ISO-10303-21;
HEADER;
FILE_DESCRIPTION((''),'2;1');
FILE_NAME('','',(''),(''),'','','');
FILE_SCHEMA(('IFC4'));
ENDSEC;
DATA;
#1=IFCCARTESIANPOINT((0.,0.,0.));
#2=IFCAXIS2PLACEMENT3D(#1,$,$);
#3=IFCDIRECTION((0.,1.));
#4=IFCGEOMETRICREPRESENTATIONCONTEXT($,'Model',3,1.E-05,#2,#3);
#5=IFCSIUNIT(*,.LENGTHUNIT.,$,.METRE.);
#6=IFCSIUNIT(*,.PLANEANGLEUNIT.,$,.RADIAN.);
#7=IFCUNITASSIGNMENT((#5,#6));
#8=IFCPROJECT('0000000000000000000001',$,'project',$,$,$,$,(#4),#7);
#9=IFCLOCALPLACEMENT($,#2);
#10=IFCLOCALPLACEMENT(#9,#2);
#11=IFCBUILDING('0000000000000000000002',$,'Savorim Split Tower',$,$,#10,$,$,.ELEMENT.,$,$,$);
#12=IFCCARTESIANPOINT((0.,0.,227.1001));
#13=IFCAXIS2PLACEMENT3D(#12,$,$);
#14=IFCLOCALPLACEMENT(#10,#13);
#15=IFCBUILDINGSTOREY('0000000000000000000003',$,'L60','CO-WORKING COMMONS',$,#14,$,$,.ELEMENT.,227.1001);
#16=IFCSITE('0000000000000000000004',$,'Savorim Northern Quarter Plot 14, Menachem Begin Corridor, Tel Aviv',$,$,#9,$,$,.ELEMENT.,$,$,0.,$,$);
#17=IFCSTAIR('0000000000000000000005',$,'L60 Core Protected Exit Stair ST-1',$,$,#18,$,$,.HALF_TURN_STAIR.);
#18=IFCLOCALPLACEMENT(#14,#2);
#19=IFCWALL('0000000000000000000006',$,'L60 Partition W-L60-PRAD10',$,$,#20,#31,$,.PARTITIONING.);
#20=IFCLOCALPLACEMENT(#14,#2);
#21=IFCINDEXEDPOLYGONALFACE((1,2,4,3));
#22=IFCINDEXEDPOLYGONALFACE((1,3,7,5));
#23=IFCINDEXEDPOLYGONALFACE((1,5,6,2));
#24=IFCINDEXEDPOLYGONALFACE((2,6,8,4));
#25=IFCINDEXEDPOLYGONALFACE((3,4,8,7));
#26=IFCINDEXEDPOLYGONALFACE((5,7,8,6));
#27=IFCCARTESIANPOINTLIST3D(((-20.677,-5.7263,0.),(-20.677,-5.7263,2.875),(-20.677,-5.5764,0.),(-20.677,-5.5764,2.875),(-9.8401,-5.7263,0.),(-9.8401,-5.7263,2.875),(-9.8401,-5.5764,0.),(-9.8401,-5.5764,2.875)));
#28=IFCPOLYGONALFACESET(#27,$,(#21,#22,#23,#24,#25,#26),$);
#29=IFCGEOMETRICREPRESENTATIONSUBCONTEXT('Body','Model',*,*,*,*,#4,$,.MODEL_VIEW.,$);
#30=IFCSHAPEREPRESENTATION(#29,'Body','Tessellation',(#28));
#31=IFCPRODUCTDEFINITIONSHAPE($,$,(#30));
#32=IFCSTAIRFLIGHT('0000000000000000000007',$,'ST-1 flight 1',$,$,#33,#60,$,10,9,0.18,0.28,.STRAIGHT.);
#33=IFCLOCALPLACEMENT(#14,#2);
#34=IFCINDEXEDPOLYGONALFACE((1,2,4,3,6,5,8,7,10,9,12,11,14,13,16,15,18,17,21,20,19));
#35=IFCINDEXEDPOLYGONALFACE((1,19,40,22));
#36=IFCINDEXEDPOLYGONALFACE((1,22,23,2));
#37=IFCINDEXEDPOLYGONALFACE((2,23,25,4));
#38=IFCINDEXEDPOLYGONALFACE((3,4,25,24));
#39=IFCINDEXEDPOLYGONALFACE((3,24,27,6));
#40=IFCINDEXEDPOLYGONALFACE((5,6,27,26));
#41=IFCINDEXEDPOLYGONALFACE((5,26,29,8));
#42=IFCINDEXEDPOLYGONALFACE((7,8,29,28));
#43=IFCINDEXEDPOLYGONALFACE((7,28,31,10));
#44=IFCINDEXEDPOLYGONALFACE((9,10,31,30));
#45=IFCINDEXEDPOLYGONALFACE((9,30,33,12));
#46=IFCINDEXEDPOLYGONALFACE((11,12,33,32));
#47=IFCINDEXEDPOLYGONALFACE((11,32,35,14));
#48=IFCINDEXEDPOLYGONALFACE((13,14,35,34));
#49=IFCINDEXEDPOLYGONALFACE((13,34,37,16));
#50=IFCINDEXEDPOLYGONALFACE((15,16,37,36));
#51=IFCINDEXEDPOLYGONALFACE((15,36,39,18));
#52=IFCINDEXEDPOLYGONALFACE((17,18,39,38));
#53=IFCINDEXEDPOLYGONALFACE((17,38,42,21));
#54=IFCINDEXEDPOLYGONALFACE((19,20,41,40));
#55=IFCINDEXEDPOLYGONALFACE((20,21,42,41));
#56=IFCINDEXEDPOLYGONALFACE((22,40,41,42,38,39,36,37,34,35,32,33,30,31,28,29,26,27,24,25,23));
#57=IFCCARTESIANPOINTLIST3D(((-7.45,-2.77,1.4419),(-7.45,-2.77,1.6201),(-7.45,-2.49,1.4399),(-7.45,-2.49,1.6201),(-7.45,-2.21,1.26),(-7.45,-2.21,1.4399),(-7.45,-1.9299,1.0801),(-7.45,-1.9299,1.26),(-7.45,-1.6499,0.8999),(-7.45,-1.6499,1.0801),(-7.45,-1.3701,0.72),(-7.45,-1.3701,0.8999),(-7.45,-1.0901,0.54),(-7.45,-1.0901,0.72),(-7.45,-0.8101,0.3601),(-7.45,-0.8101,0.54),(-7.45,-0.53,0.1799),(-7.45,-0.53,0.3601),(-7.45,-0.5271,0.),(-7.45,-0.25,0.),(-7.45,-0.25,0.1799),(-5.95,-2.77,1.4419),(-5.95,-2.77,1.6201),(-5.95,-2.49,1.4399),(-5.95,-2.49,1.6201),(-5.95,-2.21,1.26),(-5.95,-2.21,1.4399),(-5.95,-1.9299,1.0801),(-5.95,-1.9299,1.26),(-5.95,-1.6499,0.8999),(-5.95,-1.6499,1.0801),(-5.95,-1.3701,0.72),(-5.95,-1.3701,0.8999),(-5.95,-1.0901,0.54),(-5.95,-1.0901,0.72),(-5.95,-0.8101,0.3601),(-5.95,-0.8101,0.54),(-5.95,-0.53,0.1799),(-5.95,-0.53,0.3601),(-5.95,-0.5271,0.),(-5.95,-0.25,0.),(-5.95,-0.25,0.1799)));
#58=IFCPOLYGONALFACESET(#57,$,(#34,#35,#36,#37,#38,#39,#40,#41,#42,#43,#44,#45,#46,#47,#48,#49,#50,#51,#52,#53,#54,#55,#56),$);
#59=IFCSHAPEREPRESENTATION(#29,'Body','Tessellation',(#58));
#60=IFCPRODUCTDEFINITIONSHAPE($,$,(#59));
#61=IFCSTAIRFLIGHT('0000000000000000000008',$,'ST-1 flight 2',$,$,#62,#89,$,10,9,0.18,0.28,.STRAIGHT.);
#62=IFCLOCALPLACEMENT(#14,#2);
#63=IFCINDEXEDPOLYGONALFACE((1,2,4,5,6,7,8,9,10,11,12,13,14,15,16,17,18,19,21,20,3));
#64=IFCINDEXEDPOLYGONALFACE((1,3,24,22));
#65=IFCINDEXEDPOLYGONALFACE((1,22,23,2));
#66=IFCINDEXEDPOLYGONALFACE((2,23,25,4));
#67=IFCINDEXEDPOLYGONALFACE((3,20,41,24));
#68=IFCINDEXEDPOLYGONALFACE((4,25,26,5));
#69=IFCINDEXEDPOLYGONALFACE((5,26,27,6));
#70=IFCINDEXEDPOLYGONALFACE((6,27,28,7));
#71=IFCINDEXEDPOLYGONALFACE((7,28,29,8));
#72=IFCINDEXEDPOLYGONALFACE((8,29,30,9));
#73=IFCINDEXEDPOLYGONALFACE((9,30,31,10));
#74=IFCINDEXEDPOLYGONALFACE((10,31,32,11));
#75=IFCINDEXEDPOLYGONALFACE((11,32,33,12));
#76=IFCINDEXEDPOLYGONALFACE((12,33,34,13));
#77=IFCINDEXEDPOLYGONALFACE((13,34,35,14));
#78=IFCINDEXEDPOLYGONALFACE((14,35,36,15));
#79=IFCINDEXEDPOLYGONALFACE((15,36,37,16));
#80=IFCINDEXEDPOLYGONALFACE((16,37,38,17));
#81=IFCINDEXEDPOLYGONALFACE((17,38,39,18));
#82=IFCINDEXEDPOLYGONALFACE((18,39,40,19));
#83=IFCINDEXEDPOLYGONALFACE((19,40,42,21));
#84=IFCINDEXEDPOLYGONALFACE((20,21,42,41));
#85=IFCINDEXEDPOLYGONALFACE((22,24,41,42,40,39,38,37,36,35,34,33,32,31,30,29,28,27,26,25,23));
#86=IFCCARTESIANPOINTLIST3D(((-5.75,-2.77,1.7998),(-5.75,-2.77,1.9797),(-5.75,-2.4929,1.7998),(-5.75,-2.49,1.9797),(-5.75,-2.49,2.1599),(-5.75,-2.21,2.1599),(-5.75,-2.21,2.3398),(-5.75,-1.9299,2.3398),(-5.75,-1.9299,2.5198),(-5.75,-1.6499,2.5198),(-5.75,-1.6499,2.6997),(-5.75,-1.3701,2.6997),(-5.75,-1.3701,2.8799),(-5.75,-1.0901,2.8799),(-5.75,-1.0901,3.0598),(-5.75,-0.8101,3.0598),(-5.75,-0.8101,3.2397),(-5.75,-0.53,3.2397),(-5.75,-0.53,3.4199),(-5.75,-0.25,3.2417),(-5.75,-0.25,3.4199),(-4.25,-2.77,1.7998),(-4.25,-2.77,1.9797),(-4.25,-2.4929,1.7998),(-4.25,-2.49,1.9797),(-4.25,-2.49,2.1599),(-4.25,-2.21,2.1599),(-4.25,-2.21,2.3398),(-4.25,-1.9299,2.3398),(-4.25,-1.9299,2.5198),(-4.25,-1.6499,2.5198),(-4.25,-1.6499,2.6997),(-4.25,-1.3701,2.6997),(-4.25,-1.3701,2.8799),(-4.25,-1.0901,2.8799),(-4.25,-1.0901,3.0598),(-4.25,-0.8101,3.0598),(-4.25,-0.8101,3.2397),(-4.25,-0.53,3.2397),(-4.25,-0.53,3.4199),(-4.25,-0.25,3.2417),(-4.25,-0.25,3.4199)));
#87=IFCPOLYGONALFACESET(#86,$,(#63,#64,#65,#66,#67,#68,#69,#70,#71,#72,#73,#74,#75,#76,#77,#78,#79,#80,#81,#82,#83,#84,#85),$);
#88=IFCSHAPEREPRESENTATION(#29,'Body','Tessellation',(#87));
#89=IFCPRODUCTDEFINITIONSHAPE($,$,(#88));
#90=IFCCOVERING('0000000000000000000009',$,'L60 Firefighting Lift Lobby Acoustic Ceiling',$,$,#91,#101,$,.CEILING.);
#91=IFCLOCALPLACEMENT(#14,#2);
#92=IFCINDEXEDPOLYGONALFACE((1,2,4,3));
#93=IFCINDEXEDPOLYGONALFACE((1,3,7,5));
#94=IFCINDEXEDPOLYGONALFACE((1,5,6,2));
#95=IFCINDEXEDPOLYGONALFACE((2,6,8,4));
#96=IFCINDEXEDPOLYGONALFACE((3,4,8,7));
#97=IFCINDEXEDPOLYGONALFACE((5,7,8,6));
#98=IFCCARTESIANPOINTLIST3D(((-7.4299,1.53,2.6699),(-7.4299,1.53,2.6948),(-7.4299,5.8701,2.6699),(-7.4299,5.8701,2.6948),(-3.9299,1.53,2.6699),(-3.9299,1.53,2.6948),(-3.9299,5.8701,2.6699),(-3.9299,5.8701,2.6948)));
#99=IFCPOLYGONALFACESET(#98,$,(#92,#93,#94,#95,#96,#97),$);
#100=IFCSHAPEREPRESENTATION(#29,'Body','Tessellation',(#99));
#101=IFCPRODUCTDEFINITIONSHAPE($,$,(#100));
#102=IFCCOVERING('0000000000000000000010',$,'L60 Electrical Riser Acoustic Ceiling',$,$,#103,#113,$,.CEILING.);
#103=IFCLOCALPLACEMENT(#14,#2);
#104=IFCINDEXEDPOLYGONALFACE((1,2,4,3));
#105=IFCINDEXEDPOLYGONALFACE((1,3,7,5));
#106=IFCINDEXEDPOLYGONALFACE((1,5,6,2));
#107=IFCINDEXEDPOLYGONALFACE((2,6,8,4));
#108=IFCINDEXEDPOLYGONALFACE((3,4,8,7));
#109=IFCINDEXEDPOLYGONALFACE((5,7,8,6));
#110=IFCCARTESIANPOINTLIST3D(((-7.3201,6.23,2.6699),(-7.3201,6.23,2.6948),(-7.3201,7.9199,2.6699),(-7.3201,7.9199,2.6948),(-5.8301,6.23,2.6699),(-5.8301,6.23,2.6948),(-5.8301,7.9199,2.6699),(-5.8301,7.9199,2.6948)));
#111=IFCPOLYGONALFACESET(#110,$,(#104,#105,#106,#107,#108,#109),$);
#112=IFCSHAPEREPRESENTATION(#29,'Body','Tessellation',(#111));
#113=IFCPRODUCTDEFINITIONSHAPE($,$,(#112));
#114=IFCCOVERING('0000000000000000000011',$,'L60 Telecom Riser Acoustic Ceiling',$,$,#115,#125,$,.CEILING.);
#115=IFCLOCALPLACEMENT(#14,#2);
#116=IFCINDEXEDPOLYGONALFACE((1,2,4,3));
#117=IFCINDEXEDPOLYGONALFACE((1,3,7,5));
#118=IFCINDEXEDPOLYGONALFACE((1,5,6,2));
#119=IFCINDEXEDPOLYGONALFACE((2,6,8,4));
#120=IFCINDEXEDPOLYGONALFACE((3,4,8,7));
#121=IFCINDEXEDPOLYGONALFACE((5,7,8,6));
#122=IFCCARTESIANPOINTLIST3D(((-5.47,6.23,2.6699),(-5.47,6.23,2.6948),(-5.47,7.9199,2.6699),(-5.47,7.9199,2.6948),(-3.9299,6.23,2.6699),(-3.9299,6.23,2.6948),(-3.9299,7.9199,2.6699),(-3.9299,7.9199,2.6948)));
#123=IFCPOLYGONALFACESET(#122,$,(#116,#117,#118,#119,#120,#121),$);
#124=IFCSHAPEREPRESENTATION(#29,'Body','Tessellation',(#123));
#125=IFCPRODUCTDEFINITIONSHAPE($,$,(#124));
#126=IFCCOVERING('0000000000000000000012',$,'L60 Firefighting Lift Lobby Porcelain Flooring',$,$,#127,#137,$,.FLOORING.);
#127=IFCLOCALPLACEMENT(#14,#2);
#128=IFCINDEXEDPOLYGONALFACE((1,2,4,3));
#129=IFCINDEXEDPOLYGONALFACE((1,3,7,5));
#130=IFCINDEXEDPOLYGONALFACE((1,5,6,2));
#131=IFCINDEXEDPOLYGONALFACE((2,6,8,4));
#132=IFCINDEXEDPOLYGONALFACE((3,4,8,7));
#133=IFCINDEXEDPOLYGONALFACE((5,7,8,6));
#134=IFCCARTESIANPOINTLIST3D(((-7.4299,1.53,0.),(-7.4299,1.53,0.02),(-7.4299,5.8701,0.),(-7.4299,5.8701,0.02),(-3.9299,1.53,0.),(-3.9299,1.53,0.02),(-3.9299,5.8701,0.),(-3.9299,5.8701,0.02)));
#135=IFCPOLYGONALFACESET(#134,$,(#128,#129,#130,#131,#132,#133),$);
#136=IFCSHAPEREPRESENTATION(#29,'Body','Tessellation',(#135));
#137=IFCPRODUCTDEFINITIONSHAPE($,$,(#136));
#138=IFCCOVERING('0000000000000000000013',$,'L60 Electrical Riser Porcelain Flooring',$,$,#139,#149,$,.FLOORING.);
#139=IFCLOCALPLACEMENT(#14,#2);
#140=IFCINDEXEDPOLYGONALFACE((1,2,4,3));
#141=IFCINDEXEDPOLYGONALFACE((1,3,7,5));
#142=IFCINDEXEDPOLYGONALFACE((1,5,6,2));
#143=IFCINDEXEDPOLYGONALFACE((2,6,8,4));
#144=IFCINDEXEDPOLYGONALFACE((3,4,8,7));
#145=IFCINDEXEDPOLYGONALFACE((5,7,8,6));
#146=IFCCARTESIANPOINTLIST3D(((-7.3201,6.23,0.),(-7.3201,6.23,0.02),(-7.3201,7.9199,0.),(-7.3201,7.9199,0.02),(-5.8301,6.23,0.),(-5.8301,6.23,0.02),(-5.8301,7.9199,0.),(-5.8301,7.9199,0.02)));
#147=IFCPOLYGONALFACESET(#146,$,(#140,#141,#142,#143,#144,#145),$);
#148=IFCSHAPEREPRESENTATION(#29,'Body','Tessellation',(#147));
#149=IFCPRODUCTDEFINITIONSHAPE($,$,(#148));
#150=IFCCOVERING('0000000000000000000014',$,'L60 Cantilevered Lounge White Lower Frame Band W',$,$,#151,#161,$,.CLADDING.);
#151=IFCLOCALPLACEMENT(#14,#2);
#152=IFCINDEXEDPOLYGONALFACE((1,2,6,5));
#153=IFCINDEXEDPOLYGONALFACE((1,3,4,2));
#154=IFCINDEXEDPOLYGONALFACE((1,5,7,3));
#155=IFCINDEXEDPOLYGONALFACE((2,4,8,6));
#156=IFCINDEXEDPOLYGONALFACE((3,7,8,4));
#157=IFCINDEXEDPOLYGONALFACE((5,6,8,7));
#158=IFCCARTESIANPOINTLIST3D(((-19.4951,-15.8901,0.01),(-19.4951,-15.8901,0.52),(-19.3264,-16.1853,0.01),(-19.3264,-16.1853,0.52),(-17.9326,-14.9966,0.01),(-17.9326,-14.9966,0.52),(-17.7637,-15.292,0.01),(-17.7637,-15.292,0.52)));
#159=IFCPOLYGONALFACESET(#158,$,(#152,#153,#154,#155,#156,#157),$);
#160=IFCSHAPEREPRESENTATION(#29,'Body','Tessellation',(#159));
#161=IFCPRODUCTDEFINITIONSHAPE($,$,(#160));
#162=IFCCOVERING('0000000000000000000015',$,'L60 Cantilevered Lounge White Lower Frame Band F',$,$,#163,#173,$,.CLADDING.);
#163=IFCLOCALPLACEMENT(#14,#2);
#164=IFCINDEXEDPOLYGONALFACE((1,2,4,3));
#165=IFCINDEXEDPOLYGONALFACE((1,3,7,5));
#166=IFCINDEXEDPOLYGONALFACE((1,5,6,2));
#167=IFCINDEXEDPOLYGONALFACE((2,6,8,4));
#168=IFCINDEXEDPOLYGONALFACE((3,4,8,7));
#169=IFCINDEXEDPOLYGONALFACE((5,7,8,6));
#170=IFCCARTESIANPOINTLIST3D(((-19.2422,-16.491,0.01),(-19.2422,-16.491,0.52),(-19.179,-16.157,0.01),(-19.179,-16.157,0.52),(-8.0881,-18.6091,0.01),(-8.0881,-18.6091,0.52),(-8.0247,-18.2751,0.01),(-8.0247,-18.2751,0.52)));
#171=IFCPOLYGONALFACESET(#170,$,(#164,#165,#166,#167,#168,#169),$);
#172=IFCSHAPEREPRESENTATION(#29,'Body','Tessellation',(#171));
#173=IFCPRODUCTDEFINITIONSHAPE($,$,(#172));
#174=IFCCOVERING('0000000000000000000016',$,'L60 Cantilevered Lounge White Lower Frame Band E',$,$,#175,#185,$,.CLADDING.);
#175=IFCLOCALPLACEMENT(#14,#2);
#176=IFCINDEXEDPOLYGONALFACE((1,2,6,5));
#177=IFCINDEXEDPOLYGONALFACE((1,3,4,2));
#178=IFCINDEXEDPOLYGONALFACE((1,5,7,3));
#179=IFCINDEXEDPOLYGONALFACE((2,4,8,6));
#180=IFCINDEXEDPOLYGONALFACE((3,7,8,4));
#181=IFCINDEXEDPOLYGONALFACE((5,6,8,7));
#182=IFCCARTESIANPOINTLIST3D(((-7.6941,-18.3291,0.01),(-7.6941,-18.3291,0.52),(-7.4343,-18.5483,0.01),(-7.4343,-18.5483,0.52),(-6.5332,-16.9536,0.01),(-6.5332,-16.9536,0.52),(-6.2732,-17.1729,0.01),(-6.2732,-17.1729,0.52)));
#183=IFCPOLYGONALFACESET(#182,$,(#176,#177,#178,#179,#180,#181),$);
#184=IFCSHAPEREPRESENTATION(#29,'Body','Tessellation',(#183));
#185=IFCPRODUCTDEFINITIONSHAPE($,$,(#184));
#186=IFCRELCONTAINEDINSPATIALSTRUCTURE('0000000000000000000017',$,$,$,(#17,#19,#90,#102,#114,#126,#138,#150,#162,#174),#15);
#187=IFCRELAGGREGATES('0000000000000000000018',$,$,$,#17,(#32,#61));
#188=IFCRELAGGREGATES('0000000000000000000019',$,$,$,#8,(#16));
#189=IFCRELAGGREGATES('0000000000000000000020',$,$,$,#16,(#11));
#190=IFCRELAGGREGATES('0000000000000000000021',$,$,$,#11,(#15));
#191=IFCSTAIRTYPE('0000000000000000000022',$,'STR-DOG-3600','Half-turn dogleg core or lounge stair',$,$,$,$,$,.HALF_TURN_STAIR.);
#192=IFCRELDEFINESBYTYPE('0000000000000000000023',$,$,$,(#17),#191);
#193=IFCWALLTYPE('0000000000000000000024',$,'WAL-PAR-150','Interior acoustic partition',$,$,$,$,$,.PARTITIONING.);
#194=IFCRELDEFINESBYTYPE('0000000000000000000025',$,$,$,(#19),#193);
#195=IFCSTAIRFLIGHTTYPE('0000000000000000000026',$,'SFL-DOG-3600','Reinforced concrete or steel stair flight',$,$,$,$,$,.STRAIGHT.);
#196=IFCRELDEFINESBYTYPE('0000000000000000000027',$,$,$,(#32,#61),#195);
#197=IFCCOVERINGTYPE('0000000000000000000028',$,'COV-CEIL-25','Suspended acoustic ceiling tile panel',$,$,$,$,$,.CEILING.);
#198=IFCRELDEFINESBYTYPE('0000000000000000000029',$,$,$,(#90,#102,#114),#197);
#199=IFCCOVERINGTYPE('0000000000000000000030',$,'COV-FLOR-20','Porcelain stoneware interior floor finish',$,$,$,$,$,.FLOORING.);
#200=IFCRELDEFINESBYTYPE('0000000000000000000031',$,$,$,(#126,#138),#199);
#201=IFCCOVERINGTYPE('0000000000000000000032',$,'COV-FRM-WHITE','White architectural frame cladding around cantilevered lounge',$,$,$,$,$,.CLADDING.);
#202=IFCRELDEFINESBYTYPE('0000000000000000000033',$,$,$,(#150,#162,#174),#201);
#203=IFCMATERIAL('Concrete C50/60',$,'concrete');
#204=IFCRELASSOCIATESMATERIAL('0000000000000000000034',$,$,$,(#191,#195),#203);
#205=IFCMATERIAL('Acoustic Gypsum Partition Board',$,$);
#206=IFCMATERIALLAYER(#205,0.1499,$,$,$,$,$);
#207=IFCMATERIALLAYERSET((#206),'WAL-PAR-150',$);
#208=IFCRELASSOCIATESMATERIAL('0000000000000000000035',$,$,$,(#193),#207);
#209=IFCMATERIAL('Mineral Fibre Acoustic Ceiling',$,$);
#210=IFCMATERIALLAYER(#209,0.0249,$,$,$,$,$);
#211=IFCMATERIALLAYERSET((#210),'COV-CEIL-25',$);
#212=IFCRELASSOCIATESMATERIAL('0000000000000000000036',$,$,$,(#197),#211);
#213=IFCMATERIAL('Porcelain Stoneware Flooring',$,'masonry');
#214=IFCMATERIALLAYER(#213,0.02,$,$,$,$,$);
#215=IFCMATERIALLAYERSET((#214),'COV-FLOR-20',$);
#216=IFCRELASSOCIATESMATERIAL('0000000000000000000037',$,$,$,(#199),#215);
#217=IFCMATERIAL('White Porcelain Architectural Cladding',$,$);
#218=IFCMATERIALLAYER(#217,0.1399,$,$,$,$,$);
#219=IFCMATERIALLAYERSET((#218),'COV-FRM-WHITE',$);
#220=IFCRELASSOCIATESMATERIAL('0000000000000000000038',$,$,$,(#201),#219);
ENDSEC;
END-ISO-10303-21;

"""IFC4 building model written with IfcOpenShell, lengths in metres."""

from ifc_helpers import new_model, si_unit, direction, frame, frame_2d, origin, place, context, subcontext, project, spatial, polyline, rectangle, outline, extrude, material, layer, layer_set, type_object, element, aggregate, save


model = new_model("IFC4")

# Units and contexts
model_context = context("Model", 3, precision=1e-05, world=origin(), true_north=direction((0.0, 1.0)))
body_context = subcontext(model_context, "Body", "Model", "MODEL_VIEW")
ifc_project = project(units=[si_unit("LENGTHUNIT", "METRE"), si_unit("PLANEANGLEUNIT", "RADIAN")], contexts=[model_context])

# Site, building, storey
site_placement = place(None, origin())
site = spatial("IfcSite", under=ifc_project, at=site_placement, Name="Savorim Northern Quarter Plot 14, Menachem Begin Corridor, Tel Aviv", CompositionType="ELEMENT", RefElevation=0.0)
building_placement = place(site_placement, origin())
building = spatial("IfcBuilding", under=site, at=building_placement, Name="Savorim Split Tower", CompositionType="ELEMENT")
storey_placement = place(building_placement, frame((0.0, 0.0, 227.1001)))
storey = spatial("IfcBuildingStorey", under=building, at=storey_placement, Name="L60", Description="CO-WORKING COMMONS", CompositionType="ELEMENT", Elevation=227.1001)

# Shared definitions
ifc_material_1 = material(Name="Concrete C50/60", Category="concrete")

# Stair
stair_type = type_object("IfcStairType", Name="STR-DOG-3600", Description="Half-turn dogleg core or lounge stair", PredefinedType="HALF_TURN_STAIR", material=ifc_material_1)
stair_1_placement = place(storey_placement, origin())
stair_1 = element("IfcStair", 1, at=stair_1_placement, inside=storey, type_object=stair_type, Name="L60 Core Protected Exit Stair ST-1", PredefinedType="HALF_TURN_STAIR")

# Wall
ifc_material_2 = material(Name="Acoustic Gypsum Partition Board")
ifc_layer_1 = layer(ifc_material_2, 0.1499)
ifc_layer_set_1 = layer_set([ifc_layer_1], Name="WAL-PAR-150")
wall_type_1 = type_object("IfcWallType", Name="WAL-PAR-150", Description="Interior acoustic partition", PredefinedType="PARTITIONING", material=ifc_layer_set_1)
wall_1_placement = place(storey_placement, frame((-9.8401, -5.6514, 0.0), z_axis=(0.0, 0.0, 1.0), x_axis=(-1.0, 0.0, 0.0)))
element("IfcWall", 2, at=wall_1_placement, inside=storey, type_object=wall_type_1, Name="L60 Partition W-L60-PRAD10", PredefinedType="PARTITIONING", context=body_context, shape_type="SweptSolid", body=[
    extrude(rectangle(XDim=10.8369, YDim=0.1499, at=frame_2d((5.4185, 0.0))), origin(), (0.0, 0.0, 1.0), 2.875),
])

# Stair flights
stair_flight_type = type_object("IfcStairFlightType", Name="SFL-DOG-3600", Description="Reinforced concrete or steel stair flight", PredefinedType="STRAIGHT", material=ifc_material_1)
stair_flight_1_placement = place(storey_placement, frame((-6.7, -0.25, 0.0), z_axis=(0.0, 0.0, 1.0), x_axis=(0.0, -1.0, 0.0)))
stair_flight_1 = element("IfcStairFlight", 3, at=stair_flight_1_placement, type_object=stair_flight_type, Name="ST-1 flight 1", NumberOfRisers=10, NumberOfTreads=9, PredefinedType="STRAIGHT", RiserHeight=0.18, TreadLength=0.28, context=body_context, shape_type="SweptSolid", body=[
    extrude(outline(polyline([(0.0, 0.0), (0.0, 0.1799), (0.28, 0.1799), (0.28, 0.3601), (0.5601, 0.3601), (0.5601, 0.54), (0.8401, 0.54), (0.8401, 0.72), (1.1201, 0.72), (1.1201, 0.8999), (1.3999, 0.8999), (1.3999, 1.0801), (1.6799, 1.0801), (1.6799, 1.26), (1.96, 1.26), (1.96, 1.4399), (2.24, 1.4399), (2.24, 1.6201), (2.52, 1.6201), (2.52, 1.8), (2.52, 1.4419), (0.2771, 0.0), (0.0, 0.0)])), frame((0.0, 0.75, 0.0), z_axis=(0.0, -1.0, 0.0), x_axis=(1.0, 0.0, 0.0)), (0.0, 0.0, 1.0), 1.5),
])
stair_flight_2_placement = place(storey_placement, frame((-5.0, -2.77, 1.7998), z_axis=(0.0, 0.0, 1.0), x_axis=(0.0, 1.0, 0.0)))
stair_flight_2 = element("IfcStairFlight", 4, at=stair_flight_2_placement, type_object=stair_flight_type, Name="ST-1 flight 2", NumberOfRisers=10, NumberOfTreads=9, PredefinedType="STRAIGHT", RiserHeight=0.18, TreadLength=0.28, context=body_context, shape_type="SweptSolid", body=[
    extrude(outline(polyline([(0.0, 0.0), (0.0, 0.1799), (0.28, 0.1799), (0.28, 0.3601), (0.5601, 0.3601), (0.5601, 0.54), (0.8401, 0.54), (0.8401, 0.72), (1.1201, 0.72), (1.1201, 0.8999), (1.3999, 0.8999), (1.3999, 1.0801), (1.6799, 1.0801), (1.6799, 1.26), (1.96, 1.26), (1.96, 1.4399), (2.24, 1.4399), (2.24, 1.6201), (2.52, 1.6201), (2.52, 1.8), (2.52, 1.4419), (0.2771, 0.0), (0.0, 0.0)])), frame((0.0, 0.75, 0.0), z_axis=(0.0, -1.0, 0.0), x_axis=(1.0, 0.0, 0.0)), (0.0, 0.0, 1.0), 1.5),
])
aggregate(stair_1, [stair_flight_1, stair_flight_2])

# Coverings
ifc_material_3 = material(Name="Mineral Fibre Acoustic Ceiling")
ifc_layer_2 = layer(ifc_material_3, 0.0249)
ifc_layer_set_2 = layer_set([ifc_layer_2], Name="COV-CEIL-25")
covering_type_1 = type_object("IfcCoveringType", Name="COV-CEIL-25", Description="Suspended acoustic ceiling tile panel", PredefinedType="CEILING", material=ifc_layer_set_2)
covering_1_placement = place(storey_placement, frame((0.0, 0.0, 2.6699)))
element("IfcCovering", 5, at=covering_1_placement, inside=storey, type_object=covering_type_1, Name="L60 Firefighting Lift Lobby Acoustic Ceiling", PredefinedType="CEILING", context=body_context, shape_type="SweptSolid", body=[
    extrude(outline(polyline([(-7.4299, 5.8701), (-7.4299, 1.53), (-3.9299, 1.53), (-3.9299, 5.8701), (-7.4299, 5.8701)])), origin(), (0.0, 0.0, 1.0), 0.0249),
])
covering_2_placement = place(storey_placement, frame((0.0, 0.0, 2.6699)))
element("IfcCovering", 6, at=covering_2_placement, inside=storey, type_object=covering_type_1, Name="L60 Electrical Riser Acoustic Ceiling", PredefinedType="CEILING", context=body_context, shape_type="SweptSolid", body=[
    extrude(outline(polyline([(-7.3201, 7.9199), (-7.3201, 6.23), (-5.8301, 6.23), (-5.8301, 7.9199), (-7.3201, 7.9199)])), origin(), (0.0, 0.0, 1.0), 0.0249),
])
covering_3_placement = place(storey_placement, frame((0.0, 0.0, 2.6699)))
element("IfcCovering", 7, at=covering_3_placement, inside=storey, type_object=covering_type_1, Name="L60 Telecom Riser Acoustic Ceiling", PredefinedType="CEILING", context=body_context, shape_type="SweptSolid", body=[
    extrude(outline(polyline([(-5.47, 7.9199), (-5.47, 6.23), (-3.9299, 6.23), (-3.9299, 7.9199), (-5.47, 7.9199)])), origin(), (0.0, 0.0, 1.0), 0.0249),
])
ifc_material_4 = material(Name="Porcelain Stoneware Flooring", Category="masonry")
ifc_layer_3 = layer(ifc_material_4, 0.02)
ifc_layer_set_3 = layer_set([ifc_layer_3], Name="COV-FLOR-20")
covering_type_2 = type_object("IfcCoveringType", Name="COV-FLOR-20", Description="Porcelain stoneware interior floor finish", PredefinedType="FLOORING", material=ifc_layer_set_3)
covering_4_placement = place(storey_placement, origin())
element("IfcCovering", 8, at=covering_4_placement, inside=storey, type_object=covering_type_2, Name="L60 Firefighting Lift Lobby Porcelain Flooring", PredefinedType="FLOORING", context=body_context, shape_type="SweptSolid", body=[
    extrude(outline(polyline([(-7.4299, 5.8701), (-7.4299, 1.53), (-3.9299, 1.53), (-3.9299, 5.8701), (-7.4299, 5.8701)])), origin(), (0.0, 0.0, 1.0), 0.02),
])
covering_5_placement = place(storey_placement, origin())
element("IfcCovering", 9, at=covering_5_placement, inside=storey, type_object=covering_type_2, Name="L60 Electrical Riser Porcelain Flooring", PredefinedType="FLOORING", context=body_context, shape_type="SweptSolid", body=[
    extrude(outline(polyline([(-7.3201, 7.9199), (-7.3201, 6.23), (-5.8301, 6.23), (-5.8301, 7.9199), (-7.3201, 7.9199)])), origin(), (0.0, 0.0, 1.0), 0.02),
])
ifc_material_5 = material(Name="White Porcelain Architectural Cladding")
ifc_layer_4 = layer(ifc_material_5, 0.1399)
ifc_layer_set_4 = layer_set([ifc_layer_4], Name="COV-FRM-WHITE")
covering_type_3 = type_object("IfcCoveringType", Name="COV-FRM-WHITE", Description="White architectural frame cladding around cantilevered lounge", PredefinedType="CLADDING", material=ifc_layer_set_4)
covering_6_placement = place(storey_placement, frame((0.0, 0.0, 0.01)))
element("IfcCovering", 10, at=covering_6_placement, inside=storey, type_object=covering_type_3, Name="L60 Cantilevered Lounge White Lower Frame Band W", PredefinedType="CLADDING", context=body_context, shape_type="SweptSolid", body=[
    extrude(outline(polyline([(-17.9326, -14.9966), (-19.4951, -15.8901), (-19.3264, -16.1853), (-17.7637, -15.292), (-17.9326, -14.9966)])), origin(), (0.0, 0.0, 1.0), 0.51),
])
covering_7_placement = place(storey_placement, frame((0.0, 0.0, 0.01)))
element("IfcCovering", 11, at=covering_7_placement, inside=storey, type_object=covering_type_3, Name="L60 Cantilevered Lounge White Lower Frame Band F", PredefinedType="CLADDING", context=body_context, shape_type="SweptSolid", body=[
    extrude(outline(polyline([(-19.2422, -16.491), (-8.0881, -18.6091), (-8.0247, -18.2751), (-19.179, -16.157), (-19.2422, -16.491)])), origin(), (0.0, 0.0, 1.0), 0.51),
])
covering_8_placement = place(storey_placement, frame((0.0, 0.0, 0.01)))
element("IfcCovering", 12, at=covering_8_placement, inside=storey, type_object=covering_type_3, Name="L60 Cantilevered Lounge White Lower Frame Band E", PredefinedType="CLADDING", context=body_context, shape_type="SweptSolid", body=[
    extrude(outline(polyline([(-7.4343, -18.5483), (-6.2732, -17.1729), (-6.5332, -16.9536), (-7.6941, -18.3291), (-7.4343, -18.5483)])), origin(), (0.0, 0.0, 1.0), 0.51),
])

save(model, "model.ifc")
